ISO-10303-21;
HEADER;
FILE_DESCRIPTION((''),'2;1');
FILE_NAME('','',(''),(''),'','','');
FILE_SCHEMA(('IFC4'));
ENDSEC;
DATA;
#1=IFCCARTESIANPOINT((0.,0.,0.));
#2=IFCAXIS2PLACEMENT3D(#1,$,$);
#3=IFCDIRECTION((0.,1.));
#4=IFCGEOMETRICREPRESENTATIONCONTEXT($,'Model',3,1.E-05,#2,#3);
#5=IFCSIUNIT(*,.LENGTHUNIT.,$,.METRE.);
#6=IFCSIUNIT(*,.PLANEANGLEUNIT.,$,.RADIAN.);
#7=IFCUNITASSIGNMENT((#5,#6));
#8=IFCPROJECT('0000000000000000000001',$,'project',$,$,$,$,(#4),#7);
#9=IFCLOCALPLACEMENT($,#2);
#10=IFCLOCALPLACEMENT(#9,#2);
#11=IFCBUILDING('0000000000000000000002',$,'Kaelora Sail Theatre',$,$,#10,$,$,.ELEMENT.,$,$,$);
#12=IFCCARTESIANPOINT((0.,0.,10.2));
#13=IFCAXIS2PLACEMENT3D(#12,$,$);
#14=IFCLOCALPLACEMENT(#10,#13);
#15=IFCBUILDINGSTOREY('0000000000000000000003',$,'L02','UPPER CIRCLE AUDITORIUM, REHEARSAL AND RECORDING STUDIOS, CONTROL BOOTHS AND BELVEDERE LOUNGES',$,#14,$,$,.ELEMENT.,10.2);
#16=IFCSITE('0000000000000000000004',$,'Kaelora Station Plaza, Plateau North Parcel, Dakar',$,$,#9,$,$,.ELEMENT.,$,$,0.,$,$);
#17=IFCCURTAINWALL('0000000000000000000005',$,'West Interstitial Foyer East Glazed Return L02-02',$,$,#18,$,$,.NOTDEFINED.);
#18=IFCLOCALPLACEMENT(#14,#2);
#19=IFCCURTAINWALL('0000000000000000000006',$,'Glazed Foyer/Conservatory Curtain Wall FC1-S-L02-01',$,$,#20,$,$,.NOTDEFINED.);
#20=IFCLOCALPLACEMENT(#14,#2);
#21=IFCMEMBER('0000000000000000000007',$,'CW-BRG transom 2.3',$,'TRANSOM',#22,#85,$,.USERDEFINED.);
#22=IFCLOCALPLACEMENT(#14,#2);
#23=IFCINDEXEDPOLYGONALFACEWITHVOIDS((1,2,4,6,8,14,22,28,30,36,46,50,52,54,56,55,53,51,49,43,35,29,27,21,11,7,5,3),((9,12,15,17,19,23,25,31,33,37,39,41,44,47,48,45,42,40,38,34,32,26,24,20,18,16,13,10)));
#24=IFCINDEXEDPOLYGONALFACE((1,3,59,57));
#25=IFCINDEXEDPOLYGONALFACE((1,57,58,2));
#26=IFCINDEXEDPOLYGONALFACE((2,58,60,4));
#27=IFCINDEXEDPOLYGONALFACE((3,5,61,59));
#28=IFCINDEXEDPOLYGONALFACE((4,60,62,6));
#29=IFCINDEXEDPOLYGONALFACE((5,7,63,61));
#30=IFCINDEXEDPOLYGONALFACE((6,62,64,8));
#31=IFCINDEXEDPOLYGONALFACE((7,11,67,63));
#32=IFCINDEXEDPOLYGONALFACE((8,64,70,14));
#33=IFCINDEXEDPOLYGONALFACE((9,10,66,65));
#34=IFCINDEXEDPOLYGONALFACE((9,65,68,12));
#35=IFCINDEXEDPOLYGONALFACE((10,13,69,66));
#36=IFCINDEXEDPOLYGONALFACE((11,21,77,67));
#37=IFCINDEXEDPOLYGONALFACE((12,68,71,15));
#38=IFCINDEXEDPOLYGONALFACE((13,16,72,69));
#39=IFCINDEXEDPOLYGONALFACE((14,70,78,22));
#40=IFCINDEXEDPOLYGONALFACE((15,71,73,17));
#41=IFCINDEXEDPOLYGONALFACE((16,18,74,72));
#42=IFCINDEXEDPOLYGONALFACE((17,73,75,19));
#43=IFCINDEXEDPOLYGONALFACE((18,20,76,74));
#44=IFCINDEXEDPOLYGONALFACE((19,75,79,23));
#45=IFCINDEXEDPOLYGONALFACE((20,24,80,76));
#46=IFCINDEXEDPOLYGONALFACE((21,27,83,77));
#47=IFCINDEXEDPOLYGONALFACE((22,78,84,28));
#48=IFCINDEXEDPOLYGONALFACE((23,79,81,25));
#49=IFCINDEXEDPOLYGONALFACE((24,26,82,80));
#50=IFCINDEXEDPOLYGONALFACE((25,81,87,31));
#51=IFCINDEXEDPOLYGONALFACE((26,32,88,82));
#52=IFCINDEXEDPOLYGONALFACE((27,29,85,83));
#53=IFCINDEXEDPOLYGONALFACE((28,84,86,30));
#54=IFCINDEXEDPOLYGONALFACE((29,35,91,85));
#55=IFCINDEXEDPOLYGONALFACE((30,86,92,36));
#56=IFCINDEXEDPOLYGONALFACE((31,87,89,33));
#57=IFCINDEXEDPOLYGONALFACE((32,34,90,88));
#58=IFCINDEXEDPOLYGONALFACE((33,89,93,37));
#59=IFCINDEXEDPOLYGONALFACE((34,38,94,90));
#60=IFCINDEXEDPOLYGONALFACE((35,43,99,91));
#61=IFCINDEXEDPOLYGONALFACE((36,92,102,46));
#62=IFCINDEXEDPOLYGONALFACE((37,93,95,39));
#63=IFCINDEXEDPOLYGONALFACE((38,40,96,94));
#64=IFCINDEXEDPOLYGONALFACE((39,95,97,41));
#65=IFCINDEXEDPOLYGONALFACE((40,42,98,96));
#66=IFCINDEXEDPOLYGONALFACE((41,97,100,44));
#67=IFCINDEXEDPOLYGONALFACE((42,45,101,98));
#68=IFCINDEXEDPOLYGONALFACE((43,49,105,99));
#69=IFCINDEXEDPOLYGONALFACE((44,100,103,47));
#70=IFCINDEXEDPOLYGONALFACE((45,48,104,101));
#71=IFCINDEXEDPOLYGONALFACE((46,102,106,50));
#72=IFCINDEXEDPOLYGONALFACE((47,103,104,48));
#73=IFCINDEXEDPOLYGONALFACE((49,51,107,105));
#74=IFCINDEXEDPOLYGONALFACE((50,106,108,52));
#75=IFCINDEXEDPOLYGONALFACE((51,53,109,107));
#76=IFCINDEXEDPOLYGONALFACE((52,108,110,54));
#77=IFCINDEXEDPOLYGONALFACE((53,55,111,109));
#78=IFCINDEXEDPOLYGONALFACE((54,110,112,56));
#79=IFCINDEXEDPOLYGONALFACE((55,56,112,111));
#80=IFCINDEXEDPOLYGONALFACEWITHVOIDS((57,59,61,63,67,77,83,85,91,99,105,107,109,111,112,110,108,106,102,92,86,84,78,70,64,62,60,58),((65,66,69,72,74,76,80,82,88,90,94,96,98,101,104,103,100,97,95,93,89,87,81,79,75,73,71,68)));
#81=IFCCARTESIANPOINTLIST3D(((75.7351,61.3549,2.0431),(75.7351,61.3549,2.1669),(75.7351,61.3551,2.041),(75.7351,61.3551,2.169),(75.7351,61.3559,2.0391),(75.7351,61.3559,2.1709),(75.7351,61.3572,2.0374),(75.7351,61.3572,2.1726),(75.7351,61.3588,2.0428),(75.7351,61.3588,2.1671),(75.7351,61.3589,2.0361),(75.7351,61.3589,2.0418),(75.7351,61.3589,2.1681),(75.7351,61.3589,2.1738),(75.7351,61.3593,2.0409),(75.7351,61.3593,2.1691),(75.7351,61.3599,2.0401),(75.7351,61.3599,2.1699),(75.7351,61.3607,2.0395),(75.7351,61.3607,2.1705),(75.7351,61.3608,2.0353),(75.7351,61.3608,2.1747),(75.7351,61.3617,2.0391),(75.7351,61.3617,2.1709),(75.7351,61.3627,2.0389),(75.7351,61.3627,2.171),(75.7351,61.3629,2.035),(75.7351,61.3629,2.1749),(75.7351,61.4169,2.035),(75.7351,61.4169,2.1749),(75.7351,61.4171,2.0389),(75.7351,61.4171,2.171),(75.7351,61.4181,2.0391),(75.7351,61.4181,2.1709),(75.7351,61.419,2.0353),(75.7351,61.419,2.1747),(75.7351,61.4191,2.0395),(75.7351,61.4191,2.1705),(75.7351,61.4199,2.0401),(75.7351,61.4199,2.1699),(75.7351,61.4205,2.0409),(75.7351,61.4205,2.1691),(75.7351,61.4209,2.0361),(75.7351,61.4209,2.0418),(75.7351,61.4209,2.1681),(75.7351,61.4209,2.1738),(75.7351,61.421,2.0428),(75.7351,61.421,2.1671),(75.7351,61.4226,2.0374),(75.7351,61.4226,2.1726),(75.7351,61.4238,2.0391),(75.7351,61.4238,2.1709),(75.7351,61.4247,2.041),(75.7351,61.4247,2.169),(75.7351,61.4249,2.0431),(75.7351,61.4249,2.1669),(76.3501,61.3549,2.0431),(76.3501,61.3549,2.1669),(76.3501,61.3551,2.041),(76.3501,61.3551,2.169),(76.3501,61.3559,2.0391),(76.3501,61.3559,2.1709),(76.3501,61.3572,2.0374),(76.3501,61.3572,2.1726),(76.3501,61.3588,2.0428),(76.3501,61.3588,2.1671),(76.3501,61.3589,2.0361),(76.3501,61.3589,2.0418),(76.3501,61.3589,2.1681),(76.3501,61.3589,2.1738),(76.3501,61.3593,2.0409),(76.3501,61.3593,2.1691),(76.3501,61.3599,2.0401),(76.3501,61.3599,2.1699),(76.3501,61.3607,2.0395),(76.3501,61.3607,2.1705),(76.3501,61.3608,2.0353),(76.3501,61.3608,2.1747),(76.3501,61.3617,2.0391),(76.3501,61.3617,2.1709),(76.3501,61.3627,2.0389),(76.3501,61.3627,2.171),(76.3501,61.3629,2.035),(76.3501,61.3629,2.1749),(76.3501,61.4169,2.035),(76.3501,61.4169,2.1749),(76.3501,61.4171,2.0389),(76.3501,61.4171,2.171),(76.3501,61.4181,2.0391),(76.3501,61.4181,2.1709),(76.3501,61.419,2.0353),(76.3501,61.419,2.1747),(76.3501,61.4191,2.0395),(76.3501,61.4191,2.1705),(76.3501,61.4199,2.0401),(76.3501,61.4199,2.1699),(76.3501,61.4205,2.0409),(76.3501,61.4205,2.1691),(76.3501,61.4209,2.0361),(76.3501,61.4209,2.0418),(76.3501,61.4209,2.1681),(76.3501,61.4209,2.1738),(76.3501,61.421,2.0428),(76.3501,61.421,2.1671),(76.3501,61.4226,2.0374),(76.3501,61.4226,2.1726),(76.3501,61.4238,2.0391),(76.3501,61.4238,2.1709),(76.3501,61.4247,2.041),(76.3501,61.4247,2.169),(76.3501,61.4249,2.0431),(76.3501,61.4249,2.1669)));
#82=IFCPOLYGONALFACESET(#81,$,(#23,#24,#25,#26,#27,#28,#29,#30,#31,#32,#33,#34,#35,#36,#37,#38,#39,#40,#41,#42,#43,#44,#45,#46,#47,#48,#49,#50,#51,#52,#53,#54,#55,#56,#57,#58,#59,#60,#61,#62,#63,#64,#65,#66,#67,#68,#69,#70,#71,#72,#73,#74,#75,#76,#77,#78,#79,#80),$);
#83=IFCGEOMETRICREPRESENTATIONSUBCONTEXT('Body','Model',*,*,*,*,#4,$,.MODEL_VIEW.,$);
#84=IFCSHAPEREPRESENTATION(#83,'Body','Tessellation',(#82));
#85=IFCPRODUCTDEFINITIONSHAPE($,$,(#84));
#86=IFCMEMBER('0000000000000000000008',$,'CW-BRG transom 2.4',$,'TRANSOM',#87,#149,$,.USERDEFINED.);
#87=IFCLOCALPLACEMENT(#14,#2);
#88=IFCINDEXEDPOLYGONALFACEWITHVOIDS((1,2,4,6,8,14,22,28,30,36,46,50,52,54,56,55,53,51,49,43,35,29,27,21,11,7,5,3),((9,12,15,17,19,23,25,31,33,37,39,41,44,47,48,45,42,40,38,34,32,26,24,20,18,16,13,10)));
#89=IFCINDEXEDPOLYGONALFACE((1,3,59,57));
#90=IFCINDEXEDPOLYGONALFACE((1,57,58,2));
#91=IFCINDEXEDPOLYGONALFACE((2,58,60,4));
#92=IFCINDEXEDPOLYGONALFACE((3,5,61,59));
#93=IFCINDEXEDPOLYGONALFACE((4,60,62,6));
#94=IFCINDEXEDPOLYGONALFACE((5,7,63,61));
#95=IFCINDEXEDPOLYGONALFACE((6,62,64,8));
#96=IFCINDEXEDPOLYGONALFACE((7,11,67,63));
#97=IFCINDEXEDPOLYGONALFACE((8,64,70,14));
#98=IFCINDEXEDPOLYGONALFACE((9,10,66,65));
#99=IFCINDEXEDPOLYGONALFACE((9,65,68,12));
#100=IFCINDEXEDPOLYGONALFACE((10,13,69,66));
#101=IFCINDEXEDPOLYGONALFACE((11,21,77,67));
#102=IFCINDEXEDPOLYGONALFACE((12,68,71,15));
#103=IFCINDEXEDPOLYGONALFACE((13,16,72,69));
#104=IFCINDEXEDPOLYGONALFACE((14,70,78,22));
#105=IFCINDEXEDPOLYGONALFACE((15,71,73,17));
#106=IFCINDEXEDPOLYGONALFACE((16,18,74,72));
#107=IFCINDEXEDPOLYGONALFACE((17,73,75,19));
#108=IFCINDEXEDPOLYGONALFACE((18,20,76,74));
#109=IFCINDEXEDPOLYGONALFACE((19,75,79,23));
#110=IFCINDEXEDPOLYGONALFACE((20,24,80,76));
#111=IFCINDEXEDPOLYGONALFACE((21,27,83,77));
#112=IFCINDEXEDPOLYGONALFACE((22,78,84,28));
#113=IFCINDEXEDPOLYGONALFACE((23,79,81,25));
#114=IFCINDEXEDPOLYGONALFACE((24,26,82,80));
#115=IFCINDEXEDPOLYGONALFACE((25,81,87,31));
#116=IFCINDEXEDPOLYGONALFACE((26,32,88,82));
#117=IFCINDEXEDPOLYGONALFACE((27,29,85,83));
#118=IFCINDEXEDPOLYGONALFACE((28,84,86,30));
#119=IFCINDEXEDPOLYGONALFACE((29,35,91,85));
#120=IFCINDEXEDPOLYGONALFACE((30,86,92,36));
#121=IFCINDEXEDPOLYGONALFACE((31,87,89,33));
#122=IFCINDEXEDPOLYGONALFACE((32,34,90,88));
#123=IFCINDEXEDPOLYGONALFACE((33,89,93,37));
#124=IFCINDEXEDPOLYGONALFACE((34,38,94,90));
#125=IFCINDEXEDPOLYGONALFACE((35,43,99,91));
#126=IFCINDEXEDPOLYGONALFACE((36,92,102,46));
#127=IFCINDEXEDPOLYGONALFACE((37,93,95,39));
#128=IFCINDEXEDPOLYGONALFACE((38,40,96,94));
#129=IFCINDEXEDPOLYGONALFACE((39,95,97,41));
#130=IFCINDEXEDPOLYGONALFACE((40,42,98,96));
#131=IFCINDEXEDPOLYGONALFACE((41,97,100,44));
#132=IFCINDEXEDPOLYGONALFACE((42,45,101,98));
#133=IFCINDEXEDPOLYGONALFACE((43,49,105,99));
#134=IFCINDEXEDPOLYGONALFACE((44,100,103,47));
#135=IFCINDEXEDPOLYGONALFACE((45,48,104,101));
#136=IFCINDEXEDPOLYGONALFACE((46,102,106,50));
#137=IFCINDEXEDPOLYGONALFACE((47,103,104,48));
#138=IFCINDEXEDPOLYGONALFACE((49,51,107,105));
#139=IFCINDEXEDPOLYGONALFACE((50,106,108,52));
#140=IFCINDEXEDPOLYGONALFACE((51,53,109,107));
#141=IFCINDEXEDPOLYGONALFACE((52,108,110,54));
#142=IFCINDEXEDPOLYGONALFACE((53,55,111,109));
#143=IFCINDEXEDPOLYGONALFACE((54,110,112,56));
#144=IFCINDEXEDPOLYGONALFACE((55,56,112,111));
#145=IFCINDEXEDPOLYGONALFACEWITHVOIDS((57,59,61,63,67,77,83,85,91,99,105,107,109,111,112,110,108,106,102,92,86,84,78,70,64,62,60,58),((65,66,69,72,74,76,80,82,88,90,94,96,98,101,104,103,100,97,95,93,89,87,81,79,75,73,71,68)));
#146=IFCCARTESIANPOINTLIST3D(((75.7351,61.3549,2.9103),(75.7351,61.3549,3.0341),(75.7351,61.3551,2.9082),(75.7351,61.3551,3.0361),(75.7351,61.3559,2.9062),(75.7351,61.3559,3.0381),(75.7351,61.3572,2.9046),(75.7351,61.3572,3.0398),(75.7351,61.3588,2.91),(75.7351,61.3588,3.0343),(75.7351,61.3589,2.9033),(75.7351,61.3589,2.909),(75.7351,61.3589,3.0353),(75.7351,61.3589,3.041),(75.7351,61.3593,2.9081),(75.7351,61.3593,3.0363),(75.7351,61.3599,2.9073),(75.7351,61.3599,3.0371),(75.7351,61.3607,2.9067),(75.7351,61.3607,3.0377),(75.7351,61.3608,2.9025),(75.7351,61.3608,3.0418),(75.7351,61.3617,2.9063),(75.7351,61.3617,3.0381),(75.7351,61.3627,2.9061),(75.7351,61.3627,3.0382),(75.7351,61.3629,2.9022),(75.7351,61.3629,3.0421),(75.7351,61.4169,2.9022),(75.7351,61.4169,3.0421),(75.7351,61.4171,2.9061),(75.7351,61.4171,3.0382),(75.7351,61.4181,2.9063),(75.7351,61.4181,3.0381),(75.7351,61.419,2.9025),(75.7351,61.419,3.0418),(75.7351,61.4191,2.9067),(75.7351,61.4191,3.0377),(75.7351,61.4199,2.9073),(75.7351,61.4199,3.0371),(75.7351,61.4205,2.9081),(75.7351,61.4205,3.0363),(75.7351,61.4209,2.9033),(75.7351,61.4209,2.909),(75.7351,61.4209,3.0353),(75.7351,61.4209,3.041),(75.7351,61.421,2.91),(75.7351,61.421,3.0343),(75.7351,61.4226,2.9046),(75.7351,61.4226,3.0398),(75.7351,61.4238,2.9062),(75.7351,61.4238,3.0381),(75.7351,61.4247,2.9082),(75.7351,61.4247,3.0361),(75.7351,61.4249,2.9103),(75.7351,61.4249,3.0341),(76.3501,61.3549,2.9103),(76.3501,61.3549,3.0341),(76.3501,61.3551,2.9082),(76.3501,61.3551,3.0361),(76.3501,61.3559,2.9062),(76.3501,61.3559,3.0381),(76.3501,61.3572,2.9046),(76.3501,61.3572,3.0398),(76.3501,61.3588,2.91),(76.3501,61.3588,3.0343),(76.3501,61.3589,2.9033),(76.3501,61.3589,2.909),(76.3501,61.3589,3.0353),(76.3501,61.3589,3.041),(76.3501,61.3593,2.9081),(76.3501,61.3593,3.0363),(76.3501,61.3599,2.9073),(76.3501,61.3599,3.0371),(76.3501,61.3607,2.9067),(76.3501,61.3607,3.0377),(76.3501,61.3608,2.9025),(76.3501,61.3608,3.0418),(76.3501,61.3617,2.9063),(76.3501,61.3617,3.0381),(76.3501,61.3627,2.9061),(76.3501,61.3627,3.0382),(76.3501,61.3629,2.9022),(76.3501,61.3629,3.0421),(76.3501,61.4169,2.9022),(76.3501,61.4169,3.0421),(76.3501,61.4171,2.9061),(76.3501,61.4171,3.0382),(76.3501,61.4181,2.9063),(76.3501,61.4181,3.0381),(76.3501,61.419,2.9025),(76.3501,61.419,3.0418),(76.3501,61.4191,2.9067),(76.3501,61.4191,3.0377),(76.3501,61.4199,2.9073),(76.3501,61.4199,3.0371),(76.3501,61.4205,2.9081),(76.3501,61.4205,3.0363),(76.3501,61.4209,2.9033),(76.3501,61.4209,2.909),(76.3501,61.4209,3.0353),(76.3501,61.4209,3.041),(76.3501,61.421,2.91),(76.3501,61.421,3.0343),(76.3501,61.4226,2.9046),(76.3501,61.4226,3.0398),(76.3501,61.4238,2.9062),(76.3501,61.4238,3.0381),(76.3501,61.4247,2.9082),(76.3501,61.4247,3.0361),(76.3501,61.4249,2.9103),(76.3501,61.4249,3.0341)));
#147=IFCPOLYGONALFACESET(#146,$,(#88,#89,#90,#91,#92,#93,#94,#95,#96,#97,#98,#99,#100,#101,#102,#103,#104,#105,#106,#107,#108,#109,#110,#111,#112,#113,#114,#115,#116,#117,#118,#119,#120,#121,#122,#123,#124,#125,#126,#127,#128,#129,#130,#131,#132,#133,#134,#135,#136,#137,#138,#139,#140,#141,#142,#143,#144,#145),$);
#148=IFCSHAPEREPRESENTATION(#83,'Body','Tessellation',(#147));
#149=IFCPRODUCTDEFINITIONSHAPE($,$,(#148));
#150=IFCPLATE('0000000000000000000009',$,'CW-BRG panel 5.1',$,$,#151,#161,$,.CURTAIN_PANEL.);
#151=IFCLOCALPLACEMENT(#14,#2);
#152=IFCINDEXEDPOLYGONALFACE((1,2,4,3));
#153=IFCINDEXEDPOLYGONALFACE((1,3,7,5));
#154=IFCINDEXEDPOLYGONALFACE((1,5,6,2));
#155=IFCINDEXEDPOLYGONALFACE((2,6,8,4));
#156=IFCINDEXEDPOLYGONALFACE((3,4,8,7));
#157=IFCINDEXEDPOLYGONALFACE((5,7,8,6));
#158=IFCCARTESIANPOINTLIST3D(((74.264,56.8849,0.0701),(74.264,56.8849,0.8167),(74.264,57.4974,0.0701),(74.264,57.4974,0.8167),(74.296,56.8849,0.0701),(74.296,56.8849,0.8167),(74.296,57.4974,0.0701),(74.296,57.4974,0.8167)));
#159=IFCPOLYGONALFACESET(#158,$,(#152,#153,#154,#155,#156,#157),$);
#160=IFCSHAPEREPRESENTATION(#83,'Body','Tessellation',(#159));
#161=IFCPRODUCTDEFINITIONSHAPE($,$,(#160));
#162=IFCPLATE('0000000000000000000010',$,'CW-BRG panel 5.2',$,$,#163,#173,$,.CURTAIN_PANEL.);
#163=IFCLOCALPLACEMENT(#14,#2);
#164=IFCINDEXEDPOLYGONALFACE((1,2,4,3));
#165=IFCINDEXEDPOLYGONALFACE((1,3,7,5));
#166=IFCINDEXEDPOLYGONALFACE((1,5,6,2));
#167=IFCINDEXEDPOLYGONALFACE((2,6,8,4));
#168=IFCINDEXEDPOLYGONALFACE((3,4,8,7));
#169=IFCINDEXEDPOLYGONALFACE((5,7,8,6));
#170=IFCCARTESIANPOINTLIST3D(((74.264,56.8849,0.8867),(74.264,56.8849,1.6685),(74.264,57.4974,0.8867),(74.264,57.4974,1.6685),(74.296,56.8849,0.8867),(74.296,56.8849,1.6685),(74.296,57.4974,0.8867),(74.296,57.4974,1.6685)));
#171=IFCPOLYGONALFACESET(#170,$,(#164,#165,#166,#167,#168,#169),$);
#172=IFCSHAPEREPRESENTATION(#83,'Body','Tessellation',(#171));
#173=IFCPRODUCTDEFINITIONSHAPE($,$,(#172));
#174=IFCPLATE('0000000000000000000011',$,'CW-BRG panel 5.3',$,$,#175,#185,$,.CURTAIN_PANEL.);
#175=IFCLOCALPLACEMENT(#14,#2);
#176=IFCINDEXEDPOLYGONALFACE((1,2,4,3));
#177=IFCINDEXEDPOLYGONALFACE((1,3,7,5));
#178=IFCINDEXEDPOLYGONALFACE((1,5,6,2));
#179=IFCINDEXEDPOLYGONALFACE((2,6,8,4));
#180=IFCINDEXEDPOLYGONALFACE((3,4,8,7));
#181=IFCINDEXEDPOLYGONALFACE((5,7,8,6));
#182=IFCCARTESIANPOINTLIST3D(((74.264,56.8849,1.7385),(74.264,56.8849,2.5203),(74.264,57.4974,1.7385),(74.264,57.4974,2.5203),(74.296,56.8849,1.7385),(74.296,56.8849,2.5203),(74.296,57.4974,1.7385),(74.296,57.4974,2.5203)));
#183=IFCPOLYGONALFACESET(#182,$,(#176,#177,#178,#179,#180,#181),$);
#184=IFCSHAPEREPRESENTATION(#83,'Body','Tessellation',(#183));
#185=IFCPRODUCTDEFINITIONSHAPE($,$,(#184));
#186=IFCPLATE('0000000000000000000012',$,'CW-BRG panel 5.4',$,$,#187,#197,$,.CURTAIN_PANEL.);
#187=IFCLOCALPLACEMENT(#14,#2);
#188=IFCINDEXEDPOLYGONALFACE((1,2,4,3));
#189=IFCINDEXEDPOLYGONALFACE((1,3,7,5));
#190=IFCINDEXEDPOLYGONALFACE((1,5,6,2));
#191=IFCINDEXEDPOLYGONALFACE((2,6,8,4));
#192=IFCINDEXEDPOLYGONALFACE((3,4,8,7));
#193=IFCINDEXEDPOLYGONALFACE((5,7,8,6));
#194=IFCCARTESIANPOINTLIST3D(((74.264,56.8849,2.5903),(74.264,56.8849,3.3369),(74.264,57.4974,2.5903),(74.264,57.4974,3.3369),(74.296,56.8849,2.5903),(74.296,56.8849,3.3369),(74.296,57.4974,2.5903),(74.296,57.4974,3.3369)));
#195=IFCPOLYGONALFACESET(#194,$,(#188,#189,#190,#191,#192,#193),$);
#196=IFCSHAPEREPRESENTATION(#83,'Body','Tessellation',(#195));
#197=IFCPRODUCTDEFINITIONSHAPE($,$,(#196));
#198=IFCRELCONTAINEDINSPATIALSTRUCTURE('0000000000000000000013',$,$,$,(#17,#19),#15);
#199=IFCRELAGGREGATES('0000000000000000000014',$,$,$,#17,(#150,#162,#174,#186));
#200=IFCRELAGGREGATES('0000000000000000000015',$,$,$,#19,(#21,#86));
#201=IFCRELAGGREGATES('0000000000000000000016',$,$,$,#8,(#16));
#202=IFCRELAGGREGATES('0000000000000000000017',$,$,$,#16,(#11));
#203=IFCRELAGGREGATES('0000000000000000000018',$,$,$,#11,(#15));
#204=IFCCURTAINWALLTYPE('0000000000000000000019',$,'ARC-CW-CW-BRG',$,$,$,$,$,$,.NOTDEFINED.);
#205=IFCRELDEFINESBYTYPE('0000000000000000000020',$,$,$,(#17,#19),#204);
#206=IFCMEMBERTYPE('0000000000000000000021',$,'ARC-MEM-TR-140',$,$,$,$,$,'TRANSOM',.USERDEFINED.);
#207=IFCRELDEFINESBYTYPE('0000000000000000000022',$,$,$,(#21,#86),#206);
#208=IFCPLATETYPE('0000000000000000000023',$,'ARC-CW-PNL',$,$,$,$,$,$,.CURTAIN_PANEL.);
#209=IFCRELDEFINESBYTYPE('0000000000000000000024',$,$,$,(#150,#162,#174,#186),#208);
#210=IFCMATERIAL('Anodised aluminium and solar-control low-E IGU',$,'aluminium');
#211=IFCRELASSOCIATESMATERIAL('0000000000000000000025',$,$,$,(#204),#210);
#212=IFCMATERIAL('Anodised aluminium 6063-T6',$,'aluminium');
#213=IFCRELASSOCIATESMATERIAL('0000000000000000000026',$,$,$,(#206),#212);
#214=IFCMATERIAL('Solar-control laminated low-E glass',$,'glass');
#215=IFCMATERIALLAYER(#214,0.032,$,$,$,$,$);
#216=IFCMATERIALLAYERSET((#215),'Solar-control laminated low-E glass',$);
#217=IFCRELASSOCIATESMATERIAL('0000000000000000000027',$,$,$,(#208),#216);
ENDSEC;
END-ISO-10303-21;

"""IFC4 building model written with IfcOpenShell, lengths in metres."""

from ifc_helpers import new_model, si_unit, direction, frame, origin, origin_2d, place, context, subcontext, project, spatial, rectangle, hollow_rectangle, extrude, material, layer, layer_set, material_profile, profile_set, type_object, element, aggregate, save


model = new_model("IFC4")

# Units and contexts
model_context = context("Model", 3, precision=1e-05, world=origin(), true_north=direction((0.0, 1.0)))
body_context = subcontext(model_context, "Body", "Model", "MODEL_VIEW")
ifc_project = project(units=[si_unit("LENGTHUNIT", "METRE"), si_unit("PLANEANGLEUNIT", "RADIAN")], contexts=[model_context])

# Site, building, storey
site_placement = place(None, origin())
site = spatial("IfcSite", under=ifc_project, at=site_placement, Name="Kaelora Station Plaza, Plateau North Parcel, Dakar", CompositionType="ELEMENT", RefElevation=0.0)
building_placement = place(site_placement, origin())
building = spatial("IfcBuilding", under=site, at=building_placement, Name="Kaelora Sail Theatre", CompositionType="ELEMENT")
storey_placement = place(building_placement, frame((0.0, 0.0, 10.2)))
storey = spatial("IfcBuildingStorey", under=building, at=storey_placement, Name="L02", Description="UPPER CIRCLE AUDITORIUM, REHEARSAL AND RECORDING STUDIOS, CONTROL BOOTHS AND BELVEDERE LOUNGES", CompositionType="ELEMENT", Elevation=10.2)

# Curtain walls
ifc_material_1 = material(Name="Anodised aluminium and solar-control low-E IGU", Category="aluminium")
curtain_wall_type = type_object("IfcCurtainWallType", Name="ARC-CW-CW-BRG", PredefinedType="NOTDEFINED", material=ifc_material_1)
curtain_wall_1_placement = place(storey_placement, origin())
curtain_wall_1 = element("IfcCurtainWall", 1, at=curtain_wall_1_placement, inside=storey, type_object=curtain_wall_type, Name="West Interstitial Foyer East Glazed Return L02-02", PredefinedType="NOTDEFINED")
curtain_wall_2_placement = place(storey_placement, origin())
curtain_wall_2 = element("IfcCurtainWall", 2, at=curtain_wall_2_placement, inside=storey, type_object=curtain_wall_type, Name="Glazed Foyer/Conservatory Curtain Wall FC1-S-L02-01", PredefinedType="NOTDEFINED")

# Members
ifc_material_2 = material(Name="Anodised aluminium 6063-T6", Category="aluminium")
ifc_material_profile_1 = material_profile(ifc_material_2, hollow_rectangle(XDim=0.0701, YDim=0.1399, WallThickness=0.0039, InnerFilletRadius=0.0039, OuterFilletRadius=0.0081, at=origin_2d()), Name="ALU-TRAN 70x140x4")
ifc_profile_set_1 = profile_set([ifc_material_profile_1], Name="Anodised aluminium 6063-T6")
member_type_1 = type_object("IfcMemberType", Name="ARC-MEM-TR-140", ElementType="TRANSOM", PredefinedType="USERDEFINED", material=ifc_profile_set_1)
member_1_placement = place(storey_placement, frame((75.7351, 61.3899, 2.105), z_axis=(1.0, 0.0, 0.0), x_axis=(0.0, 1.0, 0.0)))
member_1 = element("IfcMember", 3, at=member_1_placement, type_object=member_type_1, Name="CW-BRG transom 2.3", ObjectType="TRANSOM", PredefinedType="USERDEFINED", context=body_context, shape_type="SweptSolid", body=[
    extrude(hollow_rectangle(XDim=0.0701, YDim=0.1399, WallThickness=0.0039, InnerFilletRadius=0.0039, OuterFilletRadius=0.0081, at=origin_2d()), origin(), (0.0, 0.0, 1.0), 0.615),
])
member_2_placement = place(storey_placement, frame((75.7351, 61.3899, 2.9722), z_axis=(1.0, 0.0, 0.0), x_axis=(0.0, 1.0, 0.0)))
member_2 = element("IfcMember", 4, at=member_2_placement, type_object=member_type_1, Name="CW-BRG transom 2.4", ObjectType="TRANSOM", PredefinedType="USERDEFINED", context=body_context, shape_type="SweptSolid", body=[
    extrude(hollow_rectangle(XDim=0.0701, YDim=0.1399, WallThickness=0.0039, InnerFilletRadius=0.0039, OuterFilletRadius=0.0081, at=origin_2d()), origin(), (0.0, 0.0, 1.0), 0.615),
])

# Plates
ifc_material_3 = material(Name="Solar-control laminated low-E glass", Category="glass")
ifc_layer = layer(ifc_material_3, 0.032)
ifc_layer_set = layer_set([ifc_layer], Name="Solar-control laminated low-E glass")
plate_type = type_object("IfcPlateType", Name="ARC-CW-PNL", PredefinedType="CURTAIN_PANEL", material=ifc_layer_set)
plate_1_placement = place(storey_placement, frame((74.28, 57.1912, 0.0701), z_axis=(0.0, 0.0, 1.0), x_axis=(0.0, 1.0, 0.0)))
plate_1 = element("IfcPlate", 5, at=plate_1_placement, type_object=plate_type, Name="CW-BRG panel 5.1", PredefinedType="CURTAIN_PANEL", context=body_context, shape_type="SweptSolid", body=[
    extrude(rectangle(XDim=0.6125, YDim=0.032, at=origin_2d()), origin(), (0.0, 0.0, 1.0), 0.7466),
])
plate_2_placement = place(storey_placement, frame((74.28, 57.1912, 0.8867), z_axis=(0.0, 0.0, 1.0), x_axis=(0.0, 1.0, 0.0)))
plate_2 = element("IfcPlate", 6, at=plate_2_placement, type_object=plate_type, Name="CW-BRG panel 5.2", PredefinedType="CURTAIN_PANEL", context=body_context, shape_type="SweptSolid", body=[
    extrude(rectangle(XDim=0.6125, YDim=0.032, at=origin_2d()), origin(), (0.0, 0.0, 1.0), 0.7817),
])
plate_3_placement = place(storey_placement, frame((74.28, 57.1912, 1.7385), z_axis=(0.0, 0.0, 1.0), x_axis=(0.0, 1.0, 0.0)))
plate_3 = element("IfcPlate", 7, at=plate_3_placement, type_object=plate_type, Name="CW-BRG panel 5.3", PredefinedType="CURTAIN_PANEL", context=body_context, shape_type="SweptSolid", body=[
    extrude(rectangle(XDim=0.6125, YDim=0.032, at=origin_2d()), origin(), (0.0, 0.0, 1.0), 0.7817),
])
plate_4_placement = place(storey_placement, frame((74.28, 57.1912, 2.5903), z_axis=(0.0, 0.0, 1.0), x_axis=(0.0, 1.0, 0.0)))
plate_4 = element("IfcPlate", 8, at=plate_4_placement, type_object=plate_type, Name="CW-BRG panel 5.4", PredefinedType="CURTAIN_PANEL", context=body_context, shape_type="SweptSolid", body=[
    extrude(rectangle(XDim=0.6125, YDim=0.032, at=origin_2d()), origin(), (0.0, 0.0, 1.0), 0.7466),
])
aggregate(curtain_wall_1, [plate_1, plate_2, plate_3, plate_4])
aggregate(curtain_wall_2, [member_1, member_2])

save(model, "model.ifc")
